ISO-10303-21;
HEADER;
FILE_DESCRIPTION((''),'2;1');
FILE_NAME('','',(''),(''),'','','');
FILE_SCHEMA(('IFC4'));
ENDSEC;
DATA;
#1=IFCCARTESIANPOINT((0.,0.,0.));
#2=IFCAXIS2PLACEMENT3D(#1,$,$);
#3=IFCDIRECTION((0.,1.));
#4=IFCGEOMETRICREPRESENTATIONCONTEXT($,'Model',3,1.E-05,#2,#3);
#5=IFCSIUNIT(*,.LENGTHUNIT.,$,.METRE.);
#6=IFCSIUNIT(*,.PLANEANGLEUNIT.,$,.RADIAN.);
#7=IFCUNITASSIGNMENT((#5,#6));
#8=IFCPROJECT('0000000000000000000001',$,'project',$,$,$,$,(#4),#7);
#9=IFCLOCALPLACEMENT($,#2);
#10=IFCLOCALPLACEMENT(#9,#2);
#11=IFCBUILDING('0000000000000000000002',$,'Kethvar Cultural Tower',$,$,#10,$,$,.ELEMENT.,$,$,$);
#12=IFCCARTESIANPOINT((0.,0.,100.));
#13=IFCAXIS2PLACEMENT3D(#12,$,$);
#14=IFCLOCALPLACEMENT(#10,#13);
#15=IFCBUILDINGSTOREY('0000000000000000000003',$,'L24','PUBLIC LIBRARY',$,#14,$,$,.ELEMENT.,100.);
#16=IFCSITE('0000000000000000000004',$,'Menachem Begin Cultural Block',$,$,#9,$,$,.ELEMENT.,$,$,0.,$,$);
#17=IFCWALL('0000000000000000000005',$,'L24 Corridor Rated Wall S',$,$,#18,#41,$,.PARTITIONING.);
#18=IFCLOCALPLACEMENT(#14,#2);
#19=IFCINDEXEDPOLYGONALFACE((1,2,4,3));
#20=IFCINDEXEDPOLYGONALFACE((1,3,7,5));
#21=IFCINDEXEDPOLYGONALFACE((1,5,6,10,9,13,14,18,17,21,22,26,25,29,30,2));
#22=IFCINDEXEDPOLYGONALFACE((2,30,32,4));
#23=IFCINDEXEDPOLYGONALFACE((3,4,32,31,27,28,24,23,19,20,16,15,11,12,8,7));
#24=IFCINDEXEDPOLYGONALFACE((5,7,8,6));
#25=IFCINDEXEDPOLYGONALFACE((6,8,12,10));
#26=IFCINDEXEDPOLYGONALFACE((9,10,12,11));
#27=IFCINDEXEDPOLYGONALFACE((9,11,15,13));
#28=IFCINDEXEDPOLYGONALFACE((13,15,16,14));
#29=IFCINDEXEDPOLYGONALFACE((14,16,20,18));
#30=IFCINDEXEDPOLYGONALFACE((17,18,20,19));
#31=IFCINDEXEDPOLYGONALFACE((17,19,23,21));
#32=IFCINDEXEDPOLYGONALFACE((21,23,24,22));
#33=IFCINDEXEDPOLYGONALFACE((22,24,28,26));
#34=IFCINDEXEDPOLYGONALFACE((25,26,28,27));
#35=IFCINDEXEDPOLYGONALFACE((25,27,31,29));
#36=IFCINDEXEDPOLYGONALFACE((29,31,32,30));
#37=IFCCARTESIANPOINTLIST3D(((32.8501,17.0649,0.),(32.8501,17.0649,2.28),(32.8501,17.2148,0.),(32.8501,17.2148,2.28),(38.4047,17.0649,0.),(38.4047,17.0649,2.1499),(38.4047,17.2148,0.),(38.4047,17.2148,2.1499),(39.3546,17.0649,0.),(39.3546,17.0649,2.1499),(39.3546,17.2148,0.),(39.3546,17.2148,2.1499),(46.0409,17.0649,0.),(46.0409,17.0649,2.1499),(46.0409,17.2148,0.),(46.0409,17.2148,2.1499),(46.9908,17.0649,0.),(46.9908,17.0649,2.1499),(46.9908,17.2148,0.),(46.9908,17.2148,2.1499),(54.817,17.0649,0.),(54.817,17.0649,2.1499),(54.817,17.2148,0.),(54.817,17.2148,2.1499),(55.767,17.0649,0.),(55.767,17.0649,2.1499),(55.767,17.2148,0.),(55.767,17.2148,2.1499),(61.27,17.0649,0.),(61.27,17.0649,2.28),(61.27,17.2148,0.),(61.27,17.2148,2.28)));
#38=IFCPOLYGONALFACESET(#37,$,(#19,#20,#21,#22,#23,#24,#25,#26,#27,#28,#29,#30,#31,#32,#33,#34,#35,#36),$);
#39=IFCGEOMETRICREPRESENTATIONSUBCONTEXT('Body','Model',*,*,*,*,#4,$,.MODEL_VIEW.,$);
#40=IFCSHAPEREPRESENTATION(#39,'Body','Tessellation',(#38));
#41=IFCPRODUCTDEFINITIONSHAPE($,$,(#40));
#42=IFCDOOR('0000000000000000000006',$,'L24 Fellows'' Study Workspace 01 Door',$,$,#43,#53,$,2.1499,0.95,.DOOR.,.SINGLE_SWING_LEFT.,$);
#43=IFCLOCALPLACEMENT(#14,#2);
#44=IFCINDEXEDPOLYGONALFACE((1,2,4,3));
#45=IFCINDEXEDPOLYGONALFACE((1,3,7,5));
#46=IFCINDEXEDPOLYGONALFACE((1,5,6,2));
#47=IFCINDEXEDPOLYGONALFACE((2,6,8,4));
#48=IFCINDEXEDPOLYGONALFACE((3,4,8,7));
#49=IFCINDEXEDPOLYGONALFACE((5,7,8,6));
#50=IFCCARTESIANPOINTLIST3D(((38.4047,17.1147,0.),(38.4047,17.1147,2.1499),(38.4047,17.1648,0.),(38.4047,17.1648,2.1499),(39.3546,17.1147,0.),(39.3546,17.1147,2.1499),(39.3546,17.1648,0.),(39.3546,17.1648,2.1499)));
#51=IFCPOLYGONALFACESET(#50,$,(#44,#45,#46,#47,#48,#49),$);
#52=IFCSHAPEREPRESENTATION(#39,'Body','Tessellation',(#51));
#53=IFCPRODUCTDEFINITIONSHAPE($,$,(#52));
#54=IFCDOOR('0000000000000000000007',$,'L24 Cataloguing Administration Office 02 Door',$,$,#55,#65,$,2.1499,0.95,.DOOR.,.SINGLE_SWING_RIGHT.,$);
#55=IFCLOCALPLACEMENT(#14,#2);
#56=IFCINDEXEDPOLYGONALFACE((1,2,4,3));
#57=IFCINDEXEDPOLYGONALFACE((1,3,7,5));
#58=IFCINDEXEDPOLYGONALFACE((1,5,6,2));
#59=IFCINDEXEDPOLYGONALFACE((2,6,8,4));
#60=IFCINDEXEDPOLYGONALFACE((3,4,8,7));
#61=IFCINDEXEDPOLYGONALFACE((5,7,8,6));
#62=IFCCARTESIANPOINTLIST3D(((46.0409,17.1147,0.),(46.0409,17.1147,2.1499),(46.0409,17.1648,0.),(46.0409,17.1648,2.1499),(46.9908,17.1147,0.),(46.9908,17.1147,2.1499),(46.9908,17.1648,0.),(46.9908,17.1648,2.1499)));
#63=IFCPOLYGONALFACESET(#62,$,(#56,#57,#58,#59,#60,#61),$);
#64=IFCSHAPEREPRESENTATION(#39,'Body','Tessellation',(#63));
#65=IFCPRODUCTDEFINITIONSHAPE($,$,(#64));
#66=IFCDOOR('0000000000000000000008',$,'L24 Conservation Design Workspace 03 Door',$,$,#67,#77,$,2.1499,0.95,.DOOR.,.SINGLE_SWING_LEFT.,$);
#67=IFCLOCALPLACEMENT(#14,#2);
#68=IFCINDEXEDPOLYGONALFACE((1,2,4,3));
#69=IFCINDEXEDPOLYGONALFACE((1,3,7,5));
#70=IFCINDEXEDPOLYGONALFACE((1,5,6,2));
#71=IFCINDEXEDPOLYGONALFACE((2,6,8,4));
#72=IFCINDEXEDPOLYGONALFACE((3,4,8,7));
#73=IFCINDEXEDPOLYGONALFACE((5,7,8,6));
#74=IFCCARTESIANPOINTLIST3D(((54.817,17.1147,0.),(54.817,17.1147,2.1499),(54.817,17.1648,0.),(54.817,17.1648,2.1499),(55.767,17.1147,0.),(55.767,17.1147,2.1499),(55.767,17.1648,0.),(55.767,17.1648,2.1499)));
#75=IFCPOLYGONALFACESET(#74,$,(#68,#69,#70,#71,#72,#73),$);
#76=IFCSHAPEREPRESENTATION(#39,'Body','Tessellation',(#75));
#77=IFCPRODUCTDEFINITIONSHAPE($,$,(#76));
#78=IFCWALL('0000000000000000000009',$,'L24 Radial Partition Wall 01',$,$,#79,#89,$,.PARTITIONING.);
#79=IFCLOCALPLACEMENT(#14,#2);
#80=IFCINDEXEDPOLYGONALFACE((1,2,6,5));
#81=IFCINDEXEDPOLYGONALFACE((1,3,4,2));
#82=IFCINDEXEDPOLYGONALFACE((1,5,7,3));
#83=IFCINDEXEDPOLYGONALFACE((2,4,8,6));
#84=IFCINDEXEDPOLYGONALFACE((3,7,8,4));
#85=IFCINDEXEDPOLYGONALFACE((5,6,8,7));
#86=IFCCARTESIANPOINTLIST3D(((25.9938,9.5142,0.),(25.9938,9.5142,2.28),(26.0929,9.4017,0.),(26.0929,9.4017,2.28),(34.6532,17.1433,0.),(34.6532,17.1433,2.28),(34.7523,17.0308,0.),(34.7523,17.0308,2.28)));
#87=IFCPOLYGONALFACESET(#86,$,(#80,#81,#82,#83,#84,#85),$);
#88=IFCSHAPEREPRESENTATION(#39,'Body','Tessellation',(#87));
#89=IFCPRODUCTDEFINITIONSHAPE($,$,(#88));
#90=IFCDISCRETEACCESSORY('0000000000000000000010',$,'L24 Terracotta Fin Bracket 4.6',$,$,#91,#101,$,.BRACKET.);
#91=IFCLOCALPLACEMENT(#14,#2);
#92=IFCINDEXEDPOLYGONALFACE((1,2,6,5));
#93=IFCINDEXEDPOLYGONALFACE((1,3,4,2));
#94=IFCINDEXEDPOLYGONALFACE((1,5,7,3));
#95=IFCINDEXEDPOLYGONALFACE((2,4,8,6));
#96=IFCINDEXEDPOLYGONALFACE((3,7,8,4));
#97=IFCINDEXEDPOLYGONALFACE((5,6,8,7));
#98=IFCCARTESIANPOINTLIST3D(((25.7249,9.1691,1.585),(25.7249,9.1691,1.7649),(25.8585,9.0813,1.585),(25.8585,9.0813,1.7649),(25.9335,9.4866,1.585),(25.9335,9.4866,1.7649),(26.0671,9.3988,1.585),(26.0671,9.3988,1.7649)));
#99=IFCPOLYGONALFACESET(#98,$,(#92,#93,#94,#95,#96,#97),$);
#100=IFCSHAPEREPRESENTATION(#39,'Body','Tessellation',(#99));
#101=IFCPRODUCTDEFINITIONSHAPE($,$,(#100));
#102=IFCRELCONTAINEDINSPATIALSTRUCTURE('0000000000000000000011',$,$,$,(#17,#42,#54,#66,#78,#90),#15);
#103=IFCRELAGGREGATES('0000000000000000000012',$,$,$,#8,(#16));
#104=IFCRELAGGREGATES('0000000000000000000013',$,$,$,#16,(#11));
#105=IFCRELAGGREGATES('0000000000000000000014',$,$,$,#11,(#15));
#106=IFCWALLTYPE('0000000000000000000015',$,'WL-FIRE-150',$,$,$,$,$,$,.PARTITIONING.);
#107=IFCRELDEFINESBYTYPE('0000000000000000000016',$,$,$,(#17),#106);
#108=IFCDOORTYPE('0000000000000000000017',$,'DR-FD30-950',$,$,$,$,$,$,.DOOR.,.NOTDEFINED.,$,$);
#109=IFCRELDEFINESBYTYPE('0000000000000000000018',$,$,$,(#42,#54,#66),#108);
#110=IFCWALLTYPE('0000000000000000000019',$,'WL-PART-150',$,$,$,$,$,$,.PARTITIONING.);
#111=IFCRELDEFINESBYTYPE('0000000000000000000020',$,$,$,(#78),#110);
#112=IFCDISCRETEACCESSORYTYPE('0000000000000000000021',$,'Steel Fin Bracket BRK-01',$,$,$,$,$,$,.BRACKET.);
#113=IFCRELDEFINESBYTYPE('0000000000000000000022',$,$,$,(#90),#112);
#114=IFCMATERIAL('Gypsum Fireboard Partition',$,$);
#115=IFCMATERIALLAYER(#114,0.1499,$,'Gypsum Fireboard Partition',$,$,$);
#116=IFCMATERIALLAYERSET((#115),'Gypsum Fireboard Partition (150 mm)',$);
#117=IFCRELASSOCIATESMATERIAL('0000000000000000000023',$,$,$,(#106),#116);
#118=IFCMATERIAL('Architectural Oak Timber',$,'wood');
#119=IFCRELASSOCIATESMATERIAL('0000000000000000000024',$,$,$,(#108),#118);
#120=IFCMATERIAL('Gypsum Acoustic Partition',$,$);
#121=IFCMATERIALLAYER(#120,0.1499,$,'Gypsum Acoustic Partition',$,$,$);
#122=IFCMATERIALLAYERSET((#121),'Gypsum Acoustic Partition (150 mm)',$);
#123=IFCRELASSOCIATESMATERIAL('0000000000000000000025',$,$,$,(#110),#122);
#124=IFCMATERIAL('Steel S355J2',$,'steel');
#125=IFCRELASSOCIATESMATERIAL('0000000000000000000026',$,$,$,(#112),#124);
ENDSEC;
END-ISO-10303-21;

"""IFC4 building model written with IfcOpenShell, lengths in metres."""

from ifc_helpers import new_model, si_unit, direction, frame, frame_2d, origin, origin_2d, place, context, subcontext, project, spatial, rectangle, extrude, source, transform, mapped, material, layer, layer_set, type_object, element, fill, save


model = new_model("IFC4")

# Units and contexts
model_context = context("Model", 3, precision=1e-05, world=origin(), true_north=direction((0.0, 1.0)))
body_context = subcontext(model_context, "Body", "Model", "MODEL_VIEW")
ifc_project = project(units=[si_unit("LENGTHUNIT", "METRE"), si_unit("PLANEANGLEUNIT", "RADIAN")], contexts=[model_context])

# Site, building, storey
site_placement = place(None, origin())
site = spatial("IfcSite", under=ifc_project, at=site_placement, Name="Menachem Begin Cultural Block", CompositionType="ELEMENT", RefElevation=0.0)
building_placement = place(site_placement, origin())
building = spatial("IfcBuilding", under=site, at=building_placement, Name="Kethvar Cultural Tower", CompositionType="ELEMENT")
storey_placement = place(building_placement, frame((0.0, 0.0, 100.0)))
storey = spatial("IfcBuildingStorey", under=building, at=storey_placement, Name="L24", Description="PUBLIC LIBRARY", CompositionType="ELEMENT", Elevation=100.0)

# Shared definitions
ifc_material_1 = material(Name="Steel S355J2", Category="steel")

# Wall, openings, doors
ifc_material_2 = material(Name="Gypsum Fireboard Partition")
ifc_layer_1 = layer(ifc_material_2, 0.1499, Name="Gypsum Fireboard Partition")
ifc_layer_set_1 = layer_set([ifc_layer_1], Name="Gypsum Fireboard Partition (150 mm)")
wall_type_1 = type_object("IfcWallType", Name="WL-FIRE-150", PredefinedType="PARTITIONING", material=ifc_layer_set_1)
wall_1_placement = place(storey_placement, frame((32.8501, 17.1399, 0.0), z_axis=(0.0, 0.0, 1.0), x_axis=(1.0, 0.0, 0.0)))
wall_1 = element("IfcWall", 1, at=wall_1_placement, inside=storey, type_object=wall_type_1, Name="L24 Corridor Rated Wall S", PredefinedType="PARTITIONING", context=body_context, shape_type="SweptSolid", body=[
    extrude(rectangle(XDim=28.4199, YDim=0.1499, at=frame_2d((14.21, 0.0))), origin(), (0.0, 0.0, 1.0), 2.28),
])
opening_1_placement = place(wall_1_placement, frame((5.5544, 0.0, 0.0)))
opening_1 = element("IfcOpeningElement", 2, at=opening_1_placement, cuts=wall_1, PredefinedType="OPENING", context=body_context, shape_type="SweptSolid", body=[
    extrude(rectangle(XDim=0.95, YDim=2.1499, at=frame_2d((0.4751, 1.075))), frame((0.0, 0.085, 0.0), z_axis=(0.0, -1.0, 0.0), x_axis=(1.0, 0.0, 0.0)), (0.0, 0.0, 1.0), 0.1699),
])
opening_2_placement = place(wall_1_placement, frame((13.1907, 0.0, 0.0)))
opening_2 = element("IfcOpeningElement", 3, at=opening_2_placement, cuts=wall_1, PredefinedType="OPENING", context=body_context, shape_type="SweptSolid", body=[
    extrude(rectangle(XDim=0.95, YDim=2.1499, at=frame_2d((0.4751, 1.075))), frame((0.0, 0.085, 0.0), z_axis=(0.0, -1.0, 0.0), x_axis=(1.0, 0.0, 0.0)), (0.0, 0.0, 1.0), 0.1699),
])
opening_3_placement = place(wall_1_placement, frame((21.9668, 0.0, 0.0)))
opening_3 = element("IfcOpeningElement", 4, at=opening_3_placement, cuts=wall_1, PredefinedType="OPENING", context=body_context, shape_type="SweptSolid", body=[
    extrude(rectangle(XDim=0.95, YDim=2.1499, at=frame_2d((0.4751, 1.075))), frame((0.0, 0.085, 0.0), z_axis=(0.0, -1.0, 0.0), x_axis=(1.0, 0.0, 0.0)), (0.0, 0.0, 1.0), 0.1699),
])
ifc_material_3 = material(Name="Architectural Oak Timber", Category="wood")
door_type_1 = type_object("IfcDoorType", Name="DR-FD30-950", OperationType="NOTDEFINED", PredefinedType="DOOR", material=ifc_material_3)
shared_shape_1 = source(origin(), body_context, "Body", "SweptSolid", [
    extrude(rectangle(XDim=0.95, YDim=2.1499, at=frame_2d((0.4751, 1.075))), frame((0.0, 0.0249, 0.0), z_axis=(0.0, -1.0, 0.0), x_axis=(1.0, 0.0, 0.0)), (0.0, 0.0, 1.0), 0.05),
])
door_1_placement = place(opening_1_placement, origin())
door_1 = element("IfcDoor", 5, at=door_1_placement, inside=storey, type_object=door_type_1, Name="L24 Fellows' Study Workspace 01 Door", OperationType="SINGLE_SWING_LEFT", OverallHeight=2.1499, OverallWidth=0.95, PredefinedType="DOOR", context=body_context, shape_type="MappedRepresentation", body=[
    mapped(shared_shape_1, transform((0.0, 0.0, 0.0), scale=1.0)),
])
fill(opening_1, door_1)
door_2_placement = place(opening_2_placement, origin())
door_2 = element("IfcDoor", 6, at=door_2_placement, inside=storey, type_object=door_type_1, Name="L24 Cataloguing Administration Office 02 Door", OperationType="SINGLE_SWING_RIGHT", OverallHeight=2.1499, OverallWidth=0.95, PredefinedType="DOOR", context=body_context, shape_type="MappedRepresentation", body=[
    mapped(shared_shape_1, transform((0.0, 0.0, 0.0), scale=1.0)),
])
fill(opening_2, door_2)
door_3_placement = place(opening_3_placement, origin())
door_3 = element("IfcDoor", 7, at=door_3_placement, inside=storey, type_object=door_type_1, Name="L24 Conservation Design Workspace 03 Door", OperationType="SINGLE_SWING_LEFT", OverallHeight=2.1499, OverallWidth=0.95, PredefinedType="DOOR", context=body_context, shape_type="MappedRepresentation", body=[
    mapped(shared_shape_1, transform((0.0, 0.0, 0.0), scale=1.0)),
])
fill(opening_3, door_3)

# Wall
ifc_material_4 = material(Name="Gypsum Acoustic Partition")
ifc_layer_2 = layer(ifc_material_4, 0.1499, Name="Gypsum Acoustic Partition")
ifc_layer_set_2 = layer_set([ifc_layer_2], Name="Gypsum Acoustic Partition (150 mm)")
wall_type_2 = type_object("IfcWallType", Name="WL-PART-150", PredefinedType="PARTITIONING", material=ifc_layer_set_2)
wall_2_placement = place(storey_placement, frame((34.7029, 17.0872, 0.0), z_axis=(0.0, 0.0, 1.0), x_axis=(-0.750333, -0.66106, 0.0)))
element("IfcWall", 8, at=wall_2_placement, inside=storey, type_object=wall_type_2, Name="L24 Radial Partition Wall 01", PredefinedType="PARTITIONING", context=body_context, shape_type="SweptSolid", body=[
    extrude(rectangle(XDim=11.5408, YDim=0.1499, at=frame_2d((5.7705, 0.0))), origin(), (0.0, 0.0, 1.0), 2.28),
])

# Discrete accessory
discrete_accessory_type = type_object("IfcDiscreteAccessoryType", Name="Steel Fin Bracket BRK-01", PredefinedType="BRACKET", material=ifc_material_1)
shared_shape_2 = source(origin(), body_context, "Body", "SweptSolid", [
    extrude(rectangle(XDim=0.3799, YDim=0.1599, at=origin_2d()), origin(), (0.0, 0.0, 1.0), 0.1799),
])
discrete_accessory_placement = place(storey_placement, frame((25.896, 9.2839, 1.585), z_axis=(0.0, 0.0, 1.0), x_axis=(-0.549023, -0.835807, 0.0)))
element("IfcDiscreteAccessory", 9, at=discrete_accessory_placement, inside=storey, type_object=discrete_accessory_type, Name="L24 Terracotta Fin Bracket 4.6", PredefinedType="BRACKET", context=body_context, shape_type="MappedRepresentation", body=[
    mapped(shared_shape_2, transform((0.0, 0.0, 0.0), scale=1.0)),
])

save(model, "model.ifc")
